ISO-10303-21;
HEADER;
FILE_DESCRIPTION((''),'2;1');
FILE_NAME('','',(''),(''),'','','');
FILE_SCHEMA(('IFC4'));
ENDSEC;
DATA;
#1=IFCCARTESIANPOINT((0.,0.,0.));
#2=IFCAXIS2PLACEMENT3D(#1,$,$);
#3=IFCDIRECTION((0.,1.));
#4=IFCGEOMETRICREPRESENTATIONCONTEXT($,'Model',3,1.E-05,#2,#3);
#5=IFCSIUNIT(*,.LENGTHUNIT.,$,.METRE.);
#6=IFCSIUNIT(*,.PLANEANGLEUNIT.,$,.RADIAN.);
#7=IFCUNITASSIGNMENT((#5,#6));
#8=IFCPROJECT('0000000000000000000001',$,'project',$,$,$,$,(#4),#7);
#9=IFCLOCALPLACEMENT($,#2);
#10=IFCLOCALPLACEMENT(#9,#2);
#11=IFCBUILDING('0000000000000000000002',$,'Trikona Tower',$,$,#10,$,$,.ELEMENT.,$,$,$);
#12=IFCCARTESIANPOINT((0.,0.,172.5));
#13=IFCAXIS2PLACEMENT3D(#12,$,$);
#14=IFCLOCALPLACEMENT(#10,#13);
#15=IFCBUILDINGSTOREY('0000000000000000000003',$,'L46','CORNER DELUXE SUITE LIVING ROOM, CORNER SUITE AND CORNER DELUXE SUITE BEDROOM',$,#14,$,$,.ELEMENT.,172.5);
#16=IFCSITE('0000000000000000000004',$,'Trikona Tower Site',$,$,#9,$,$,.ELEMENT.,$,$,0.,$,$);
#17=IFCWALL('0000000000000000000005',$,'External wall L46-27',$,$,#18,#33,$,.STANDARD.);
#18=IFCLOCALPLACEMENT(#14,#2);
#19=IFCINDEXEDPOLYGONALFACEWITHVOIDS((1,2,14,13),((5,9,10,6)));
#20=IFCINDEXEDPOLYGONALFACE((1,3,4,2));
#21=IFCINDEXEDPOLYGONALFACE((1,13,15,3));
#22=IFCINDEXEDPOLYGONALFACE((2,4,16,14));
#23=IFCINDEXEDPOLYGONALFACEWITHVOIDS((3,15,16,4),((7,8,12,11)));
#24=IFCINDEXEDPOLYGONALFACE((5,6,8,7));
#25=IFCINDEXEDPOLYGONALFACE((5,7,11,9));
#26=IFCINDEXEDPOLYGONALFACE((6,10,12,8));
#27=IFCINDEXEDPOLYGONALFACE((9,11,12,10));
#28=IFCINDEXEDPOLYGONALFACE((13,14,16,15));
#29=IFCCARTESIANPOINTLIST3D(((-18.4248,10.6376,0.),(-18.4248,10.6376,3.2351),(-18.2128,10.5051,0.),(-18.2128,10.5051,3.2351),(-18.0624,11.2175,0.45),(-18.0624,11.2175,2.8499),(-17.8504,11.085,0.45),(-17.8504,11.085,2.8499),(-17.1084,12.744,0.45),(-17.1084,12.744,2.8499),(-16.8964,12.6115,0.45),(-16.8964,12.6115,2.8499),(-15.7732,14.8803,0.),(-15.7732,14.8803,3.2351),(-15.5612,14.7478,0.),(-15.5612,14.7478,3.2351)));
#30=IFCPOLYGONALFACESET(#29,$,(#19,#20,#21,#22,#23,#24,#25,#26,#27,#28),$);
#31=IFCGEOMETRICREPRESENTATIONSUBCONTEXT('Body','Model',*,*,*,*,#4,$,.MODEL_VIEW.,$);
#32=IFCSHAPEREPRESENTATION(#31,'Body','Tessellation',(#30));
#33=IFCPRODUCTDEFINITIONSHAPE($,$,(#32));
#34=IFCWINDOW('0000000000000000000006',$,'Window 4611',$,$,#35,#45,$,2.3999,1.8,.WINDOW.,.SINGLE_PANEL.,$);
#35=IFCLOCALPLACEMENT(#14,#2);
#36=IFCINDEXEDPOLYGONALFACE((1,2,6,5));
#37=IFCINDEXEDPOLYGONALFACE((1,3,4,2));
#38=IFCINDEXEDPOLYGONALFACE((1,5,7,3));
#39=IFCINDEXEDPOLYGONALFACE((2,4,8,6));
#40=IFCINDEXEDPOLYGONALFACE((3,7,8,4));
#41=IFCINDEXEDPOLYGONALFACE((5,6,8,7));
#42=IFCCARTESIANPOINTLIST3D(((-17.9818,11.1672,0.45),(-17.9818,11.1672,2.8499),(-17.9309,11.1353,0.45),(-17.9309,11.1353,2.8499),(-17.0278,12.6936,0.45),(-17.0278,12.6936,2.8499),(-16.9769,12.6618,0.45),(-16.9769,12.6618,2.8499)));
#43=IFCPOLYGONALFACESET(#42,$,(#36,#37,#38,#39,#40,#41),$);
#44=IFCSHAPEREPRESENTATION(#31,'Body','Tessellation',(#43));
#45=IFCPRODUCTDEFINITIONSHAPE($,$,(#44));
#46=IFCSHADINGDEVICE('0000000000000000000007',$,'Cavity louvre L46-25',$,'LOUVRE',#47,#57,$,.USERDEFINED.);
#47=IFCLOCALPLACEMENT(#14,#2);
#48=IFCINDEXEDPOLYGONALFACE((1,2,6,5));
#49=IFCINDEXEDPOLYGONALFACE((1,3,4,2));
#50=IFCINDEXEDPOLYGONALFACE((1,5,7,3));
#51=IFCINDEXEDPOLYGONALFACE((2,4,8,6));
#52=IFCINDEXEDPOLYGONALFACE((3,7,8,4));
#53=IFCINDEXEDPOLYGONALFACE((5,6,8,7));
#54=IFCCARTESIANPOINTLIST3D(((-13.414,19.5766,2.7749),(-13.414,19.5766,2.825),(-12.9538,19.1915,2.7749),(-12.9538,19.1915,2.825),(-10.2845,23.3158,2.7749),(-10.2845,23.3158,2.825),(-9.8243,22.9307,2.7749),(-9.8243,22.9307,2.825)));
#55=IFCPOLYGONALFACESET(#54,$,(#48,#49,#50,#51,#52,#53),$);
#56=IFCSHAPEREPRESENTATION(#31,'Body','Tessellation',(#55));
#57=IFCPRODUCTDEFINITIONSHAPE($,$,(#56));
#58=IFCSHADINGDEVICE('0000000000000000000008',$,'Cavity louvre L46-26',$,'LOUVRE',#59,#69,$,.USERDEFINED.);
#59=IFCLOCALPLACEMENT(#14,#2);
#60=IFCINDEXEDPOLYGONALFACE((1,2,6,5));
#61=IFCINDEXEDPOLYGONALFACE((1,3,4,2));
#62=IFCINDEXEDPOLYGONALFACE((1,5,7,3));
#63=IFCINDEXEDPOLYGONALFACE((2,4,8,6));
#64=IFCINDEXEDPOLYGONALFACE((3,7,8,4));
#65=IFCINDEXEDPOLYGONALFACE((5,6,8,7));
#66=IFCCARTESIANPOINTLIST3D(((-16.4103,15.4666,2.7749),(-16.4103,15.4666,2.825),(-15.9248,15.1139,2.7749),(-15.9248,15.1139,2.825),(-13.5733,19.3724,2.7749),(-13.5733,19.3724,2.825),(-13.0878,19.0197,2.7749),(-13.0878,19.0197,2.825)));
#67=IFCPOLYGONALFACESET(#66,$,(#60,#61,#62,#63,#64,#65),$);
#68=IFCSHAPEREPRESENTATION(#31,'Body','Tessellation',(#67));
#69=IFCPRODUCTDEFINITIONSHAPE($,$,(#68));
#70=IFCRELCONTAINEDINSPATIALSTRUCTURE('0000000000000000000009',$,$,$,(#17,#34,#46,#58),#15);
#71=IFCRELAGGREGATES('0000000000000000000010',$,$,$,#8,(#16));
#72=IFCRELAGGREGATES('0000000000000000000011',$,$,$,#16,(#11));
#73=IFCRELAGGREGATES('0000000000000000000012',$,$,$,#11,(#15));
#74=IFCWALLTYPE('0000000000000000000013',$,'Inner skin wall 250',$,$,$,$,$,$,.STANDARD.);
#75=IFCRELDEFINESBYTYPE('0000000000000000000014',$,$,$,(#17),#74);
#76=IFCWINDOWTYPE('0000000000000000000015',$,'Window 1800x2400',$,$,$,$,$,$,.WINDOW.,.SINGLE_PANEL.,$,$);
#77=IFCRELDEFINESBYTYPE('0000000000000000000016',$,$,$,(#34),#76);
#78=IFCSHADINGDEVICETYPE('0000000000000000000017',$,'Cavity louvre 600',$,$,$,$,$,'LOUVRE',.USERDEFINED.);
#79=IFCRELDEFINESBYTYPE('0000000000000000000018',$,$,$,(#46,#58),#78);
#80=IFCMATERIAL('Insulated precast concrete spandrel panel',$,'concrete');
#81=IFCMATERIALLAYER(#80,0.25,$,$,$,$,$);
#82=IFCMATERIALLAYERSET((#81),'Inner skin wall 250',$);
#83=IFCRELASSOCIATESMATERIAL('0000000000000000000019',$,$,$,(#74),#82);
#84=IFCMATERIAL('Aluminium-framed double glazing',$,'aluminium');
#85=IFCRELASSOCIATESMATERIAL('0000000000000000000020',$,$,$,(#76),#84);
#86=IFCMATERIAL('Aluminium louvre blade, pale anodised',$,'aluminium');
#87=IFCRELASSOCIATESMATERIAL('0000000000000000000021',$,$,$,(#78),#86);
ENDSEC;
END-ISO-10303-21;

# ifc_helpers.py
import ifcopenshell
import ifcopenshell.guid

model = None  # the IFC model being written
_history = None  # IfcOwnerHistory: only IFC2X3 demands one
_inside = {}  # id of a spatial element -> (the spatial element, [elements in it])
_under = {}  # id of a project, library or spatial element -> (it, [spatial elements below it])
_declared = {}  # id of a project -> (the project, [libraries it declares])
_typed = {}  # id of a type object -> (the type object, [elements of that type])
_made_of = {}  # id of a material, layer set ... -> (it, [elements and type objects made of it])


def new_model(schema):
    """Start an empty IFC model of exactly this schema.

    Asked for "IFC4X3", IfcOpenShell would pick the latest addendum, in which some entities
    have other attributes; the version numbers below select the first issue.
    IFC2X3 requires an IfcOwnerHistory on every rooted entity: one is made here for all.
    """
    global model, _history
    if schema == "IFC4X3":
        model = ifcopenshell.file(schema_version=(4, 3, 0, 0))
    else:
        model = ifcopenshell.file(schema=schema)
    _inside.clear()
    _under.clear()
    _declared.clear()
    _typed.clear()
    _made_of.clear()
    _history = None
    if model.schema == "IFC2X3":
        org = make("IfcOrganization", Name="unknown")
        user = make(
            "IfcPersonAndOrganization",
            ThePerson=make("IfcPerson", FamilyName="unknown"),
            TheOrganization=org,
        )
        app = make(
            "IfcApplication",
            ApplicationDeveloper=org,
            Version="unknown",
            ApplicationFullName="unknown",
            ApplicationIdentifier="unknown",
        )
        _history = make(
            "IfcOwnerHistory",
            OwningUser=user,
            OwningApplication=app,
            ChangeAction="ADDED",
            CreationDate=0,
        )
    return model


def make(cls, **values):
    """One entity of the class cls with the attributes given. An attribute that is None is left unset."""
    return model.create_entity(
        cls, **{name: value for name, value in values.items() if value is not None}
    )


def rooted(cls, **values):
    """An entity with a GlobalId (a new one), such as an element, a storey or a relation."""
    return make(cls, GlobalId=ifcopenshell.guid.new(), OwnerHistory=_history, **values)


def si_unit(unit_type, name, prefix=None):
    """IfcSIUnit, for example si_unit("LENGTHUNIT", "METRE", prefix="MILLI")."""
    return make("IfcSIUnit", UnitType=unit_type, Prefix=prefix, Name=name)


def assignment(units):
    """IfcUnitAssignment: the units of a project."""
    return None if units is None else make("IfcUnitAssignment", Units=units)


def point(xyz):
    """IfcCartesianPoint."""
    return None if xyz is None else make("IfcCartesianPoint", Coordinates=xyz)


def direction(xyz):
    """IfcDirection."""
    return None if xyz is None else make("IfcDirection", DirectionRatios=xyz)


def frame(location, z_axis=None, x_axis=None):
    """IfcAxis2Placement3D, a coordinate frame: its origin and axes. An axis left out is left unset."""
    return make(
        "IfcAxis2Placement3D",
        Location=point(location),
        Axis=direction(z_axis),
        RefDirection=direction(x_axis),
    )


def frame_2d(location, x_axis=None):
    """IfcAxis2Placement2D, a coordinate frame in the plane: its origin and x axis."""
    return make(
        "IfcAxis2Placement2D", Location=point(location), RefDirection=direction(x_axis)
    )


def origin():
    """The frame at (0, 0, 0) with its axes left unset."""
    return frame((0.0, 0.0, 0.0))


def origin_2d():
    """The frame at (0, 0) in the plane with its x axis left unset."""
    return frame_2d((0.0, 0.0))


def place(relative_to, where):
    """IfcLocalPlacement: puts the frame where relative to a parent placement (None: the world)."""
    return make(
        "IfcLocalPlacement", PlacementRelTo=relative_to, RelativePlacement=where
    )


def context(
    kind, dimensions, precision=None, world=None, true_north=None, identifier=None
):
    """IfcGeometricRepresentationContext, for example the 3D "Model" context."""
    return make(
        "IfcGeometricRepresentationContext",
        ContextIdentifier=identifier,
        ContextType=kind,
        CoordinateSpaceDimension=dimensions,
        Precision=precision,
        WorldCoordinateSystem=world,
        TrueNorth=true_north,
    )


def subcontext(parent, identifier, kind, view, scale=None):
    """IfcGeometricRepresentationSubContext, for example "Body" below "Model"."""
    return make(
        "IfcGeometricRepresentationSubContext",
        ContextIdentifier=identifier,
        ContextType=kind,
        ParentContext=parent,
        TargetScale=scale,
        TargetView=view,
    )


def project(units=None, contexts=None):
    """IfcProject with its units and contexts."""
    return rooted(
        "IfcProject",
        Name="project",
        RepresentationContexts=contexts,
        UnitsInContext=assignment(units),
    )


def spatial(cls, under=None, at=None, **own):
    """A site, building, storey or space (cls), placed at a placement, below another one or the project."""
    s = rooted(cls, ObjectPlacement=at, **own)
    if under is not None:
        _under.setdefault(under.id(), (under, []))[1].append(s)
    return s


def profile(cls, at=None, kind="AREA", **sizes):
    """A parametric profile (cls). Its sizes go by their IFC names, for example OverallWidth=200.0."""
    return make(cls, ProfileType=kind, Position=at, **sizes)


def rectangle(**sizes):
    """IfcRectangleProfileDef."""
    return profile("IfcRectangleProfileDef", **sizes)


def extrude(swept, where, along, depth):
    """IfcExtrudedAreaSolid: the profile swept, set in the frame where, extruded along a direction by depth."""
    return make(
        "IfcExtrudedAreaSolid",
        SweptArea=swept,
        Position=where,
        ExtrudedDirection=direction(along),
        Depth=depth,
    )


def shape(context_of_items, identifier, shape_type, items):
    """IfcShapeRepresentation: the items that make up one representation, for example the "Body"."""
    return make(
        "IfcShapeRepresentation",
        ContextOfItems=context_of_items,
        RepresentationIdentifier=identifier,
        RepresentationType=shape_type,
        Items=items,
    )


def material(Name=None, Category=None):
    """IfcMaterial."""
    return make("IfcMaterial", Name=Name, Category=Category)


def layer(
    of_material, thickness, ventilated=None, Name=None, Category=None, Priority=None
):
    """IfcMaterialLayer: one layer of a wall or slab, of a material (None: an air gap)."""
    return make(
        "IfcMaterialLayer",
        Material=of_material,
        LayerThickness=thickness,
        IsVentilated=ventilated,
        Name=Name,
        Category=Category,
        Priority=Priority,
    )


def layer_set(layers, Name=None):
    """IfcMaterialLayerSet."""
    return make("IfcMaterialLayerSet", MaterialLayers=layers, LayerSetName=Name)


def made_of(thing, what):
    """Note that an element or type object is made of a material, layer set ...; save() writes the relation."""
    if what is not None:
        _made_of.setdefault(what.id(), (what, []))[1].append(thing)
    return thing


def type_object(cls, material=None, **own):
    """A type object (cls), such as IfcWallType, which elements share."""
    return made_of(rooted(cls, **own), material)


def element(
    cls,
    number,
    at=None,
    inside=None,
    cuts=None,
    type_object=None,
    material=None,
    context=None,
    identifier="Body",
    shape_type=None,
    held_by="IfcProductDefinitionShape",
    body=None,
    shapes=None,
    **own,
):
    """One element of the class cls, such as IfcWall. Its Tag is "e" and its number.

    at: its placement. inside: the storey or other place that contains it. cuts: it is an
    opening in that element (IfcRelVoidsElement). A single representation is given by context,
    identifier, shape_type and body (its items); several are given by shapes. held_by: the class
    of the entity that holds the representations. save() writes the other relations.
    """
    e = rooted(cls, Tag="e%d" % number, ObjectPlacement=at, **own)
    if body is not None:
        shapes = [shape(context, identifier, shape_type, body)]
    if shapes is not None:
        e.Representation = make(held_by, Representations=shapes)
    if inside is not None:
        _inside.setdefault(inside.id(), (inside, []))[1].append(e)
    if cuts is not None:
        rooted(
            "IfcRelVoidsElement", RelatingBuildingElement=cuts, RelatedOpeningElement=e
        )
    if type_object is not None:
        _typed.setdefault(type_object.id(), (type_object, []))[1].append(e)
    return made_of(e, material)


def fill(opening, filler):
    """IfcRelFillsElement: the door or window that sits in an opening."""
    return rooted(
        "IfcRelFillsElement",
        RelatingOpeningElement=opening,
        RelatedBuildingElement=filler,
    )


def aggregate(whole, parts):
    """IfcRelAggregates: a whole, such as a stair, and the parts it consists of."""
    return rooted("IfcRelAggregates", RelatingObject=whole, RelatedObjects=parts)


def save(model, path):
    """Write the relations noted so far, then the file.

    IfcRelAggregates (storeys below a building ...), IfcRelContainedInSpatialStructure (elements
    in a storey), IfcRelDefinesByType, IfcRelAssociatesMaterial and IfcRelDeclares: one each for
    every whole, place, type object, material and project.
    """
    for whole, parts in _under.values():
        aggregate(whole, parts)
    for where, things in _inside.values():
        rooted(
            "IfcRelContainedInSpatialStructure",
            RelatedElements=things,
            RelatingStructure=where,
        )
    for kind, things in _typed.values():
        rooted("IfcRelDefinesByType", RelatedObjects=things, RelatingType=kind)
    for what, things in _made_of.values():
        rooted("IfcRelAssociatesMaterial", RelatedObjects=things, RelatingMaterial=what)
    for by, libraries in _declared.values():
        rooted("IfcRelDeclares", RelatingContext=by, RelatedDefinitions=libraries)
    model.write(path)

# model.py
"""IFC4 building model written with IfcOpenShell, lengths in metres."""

from ifc_helpers import new_model, si_unit, direction, frame, frame_2d, origin, origin_2d, place, context, subcontext, project, spatial, rectangle, extrude, material, layer, layer_set, type_object, element, fill, save


model = new_model("IFC4")

# Units and contexts
model_context = context("Model", 3, precision=1e-05, world=origin(), true_north=direction((0.0, 1.0)))
body_context = subcontext(model_context, "Body", "Model", "MODEL_VIEW")
ifc_project = project(units=[si_unit("LENGTHUNIT", "METRE"), si_unit("PLANEANGLEUNIT", "RADIAN")], contexts=[model_context])

# Site, building, storey
site_placement = place(None, origin())
site = spatial("IfcSite", under=ifc_project, at=site_placement, Name="Trikona Tower Site", CompositionType="ELEMENT", RefElevation=0.0)
building_placement = place(site_placement, origin())
building = spatial("IfcBuilding", under=site, at=building_placement, Name="Trikona Tower", CompositionType="ELEMENT")
storey_placement = place(building_placement, frame((0.0, 0.0, 172.5)))
storey = spatial("IfcBuildingStorey", under=building, at=storey_placement, Name="L46", Description="CORNER DELUXE SUITE LIVING ROOM, CORNER SUITE AND CORNER DELUXE SUITE BEDROOM", CompositionType="ELEMENT", Elevation=172.5)

# Wall, opening, window
ifc_material_1 = material(Name="Insulated precast concrete spandrel panel", Category="concrete")
ifc_layer_1 = layer(ifc_material_1, 0.25)
ifc_layer_set_1 = layer_set([ifc_layer_1], Name="Inner skin wall 250")
wall_type = type_object("IfcWallType", Name="Inner skin wall 250", PredefinedType="STANDARD", material=ifc_layer_set_1)
wall_1_placement = place(storey_placement, frame((-15.6672, 14.814, 0.0), z_axis=(0.0, 0.0, 1.0), x_axis=(-0.52999, -0.848004, 0.0)))
wall_1 = element("IfcWall", 1, at=wall_1_placement, inside=storey, type_object=wall_type, Name="External wall L46-27", PredefinedType="STANDARD", context=body_context, shape_type="SweptSolid", body=[
    extrude(rectangle(XDim=5.0032, YDim=0.25, at=frame_2d((2.5015, 0.0))), origin(), (0.0, 0.0, 1.0), 3.2351),
])
opening_1_placement = place(wall_1_placement, frame((2.5193, 0.0, 0.45)))
opening_1 = element("IfcOpeningElement", 2, at=opening_1_placement, cuts=wall_1, PredefinedType="OPENING", context=body_context, shape_type="SweptSolid", body=[
    extrude(rectangle(XDim=1.8, YDim=2.3999, at=frame_2d((0.8999, 1.2))), frame((0.0, 0.135, 0.0), z_axis=(0.0, -1.0, 0.0), x_axis=(1.0, 0.0, 0.0)), (0.0, 0.0, 1.0), 0.27),
])
ifc_material_2 = material(Name="Aluminium-framed double glazing", Category="aluminium")
window_type_1 = type_object("IfcWindowType", Name="Window 1800x2400", PartitioningType="SINGLE_PANEL", PredefinedType="WINDOW", material=ifc_material_2)
window_1_placement = place(opening_1_placement, origin())
window_1 = element("IfcWindow", 3, at=window_1_placement, inside=storey, type_object=window_type_1, Name="Window 4611", OverallHeight=2.3999, OverallWidth=1.8, PartitioningType="SINGLE_PANEL", PredefinedType="WINDOW", context=body_context, shape_type="SweptSolid", body=[
    extrude(rectangle(XDim=1.8, YDim=2.3999, at=frame_2d((0.8999, 1.2))), frame((0.0, 0.03, 0.0), z_axis=(0.0, -1.0, 0.0), x_axis=(1.0, 0.0, 0.0)), (0.0, 0.0, 1.0), 0.0601),
])
fill(opening_1, window_1)

# Shading devices
ifc_material_3 = material(Name="Aluminium louvre blade, pale anodised", Category="aluminium")
shading_device_type = type_object("IfcShadingDeviceType", Name="Cavity louvre 600", ElementType="LOUVRE", PredefinedType="USERDEFINED", material=ifc_material_3)
shading_device_1_placement = place(storey_placement, frame((-11.6191, 21.2537, 2.7749), z_axis=(0.0, 0.0, 1.0), x_axis=(-0.641807, -0.766866, 0.0)))
element("IfcShadingDevice", 4, at=shading_device_1_placement, inside=storey, type_object=shading_device_type, Name="Cavity louvre L46-25", ObjectType="LOUVRE", PredefinedType="USERDEFINED", context=body_context, shape_type="SweptSolid", body=[
    extrude(rectangle(XDim=4.876, YDim=0.6001, at=origin_2d()), origin(), (0.0, 0.0, 1.0), 0.05),
])
shading_device_2_placement = place(storey_placement, frame((-14.749, 17.2432, 2.7749), z_axis=(0.0, 0.0, 1.0), x_axis=(-0.587686, -0.809089, 0.0)))
element("IfcShadingDevice", 5, at=shading_device_2_placement, inside=storey, type_object=shading_device_type, Name="Cavity louvre L46-26", ObjectType="LOUVRE", PredefinedType="USERDEFINED", context=body_context, shape_type="SweptSolid", body=[
    extrude(rectangle(XDim=4.8274, YDim=0.6001, at=origin_2d()), origin(), (0.0, 0.0, 1.0), 0.05),
])

save(model, "model.ifc")
